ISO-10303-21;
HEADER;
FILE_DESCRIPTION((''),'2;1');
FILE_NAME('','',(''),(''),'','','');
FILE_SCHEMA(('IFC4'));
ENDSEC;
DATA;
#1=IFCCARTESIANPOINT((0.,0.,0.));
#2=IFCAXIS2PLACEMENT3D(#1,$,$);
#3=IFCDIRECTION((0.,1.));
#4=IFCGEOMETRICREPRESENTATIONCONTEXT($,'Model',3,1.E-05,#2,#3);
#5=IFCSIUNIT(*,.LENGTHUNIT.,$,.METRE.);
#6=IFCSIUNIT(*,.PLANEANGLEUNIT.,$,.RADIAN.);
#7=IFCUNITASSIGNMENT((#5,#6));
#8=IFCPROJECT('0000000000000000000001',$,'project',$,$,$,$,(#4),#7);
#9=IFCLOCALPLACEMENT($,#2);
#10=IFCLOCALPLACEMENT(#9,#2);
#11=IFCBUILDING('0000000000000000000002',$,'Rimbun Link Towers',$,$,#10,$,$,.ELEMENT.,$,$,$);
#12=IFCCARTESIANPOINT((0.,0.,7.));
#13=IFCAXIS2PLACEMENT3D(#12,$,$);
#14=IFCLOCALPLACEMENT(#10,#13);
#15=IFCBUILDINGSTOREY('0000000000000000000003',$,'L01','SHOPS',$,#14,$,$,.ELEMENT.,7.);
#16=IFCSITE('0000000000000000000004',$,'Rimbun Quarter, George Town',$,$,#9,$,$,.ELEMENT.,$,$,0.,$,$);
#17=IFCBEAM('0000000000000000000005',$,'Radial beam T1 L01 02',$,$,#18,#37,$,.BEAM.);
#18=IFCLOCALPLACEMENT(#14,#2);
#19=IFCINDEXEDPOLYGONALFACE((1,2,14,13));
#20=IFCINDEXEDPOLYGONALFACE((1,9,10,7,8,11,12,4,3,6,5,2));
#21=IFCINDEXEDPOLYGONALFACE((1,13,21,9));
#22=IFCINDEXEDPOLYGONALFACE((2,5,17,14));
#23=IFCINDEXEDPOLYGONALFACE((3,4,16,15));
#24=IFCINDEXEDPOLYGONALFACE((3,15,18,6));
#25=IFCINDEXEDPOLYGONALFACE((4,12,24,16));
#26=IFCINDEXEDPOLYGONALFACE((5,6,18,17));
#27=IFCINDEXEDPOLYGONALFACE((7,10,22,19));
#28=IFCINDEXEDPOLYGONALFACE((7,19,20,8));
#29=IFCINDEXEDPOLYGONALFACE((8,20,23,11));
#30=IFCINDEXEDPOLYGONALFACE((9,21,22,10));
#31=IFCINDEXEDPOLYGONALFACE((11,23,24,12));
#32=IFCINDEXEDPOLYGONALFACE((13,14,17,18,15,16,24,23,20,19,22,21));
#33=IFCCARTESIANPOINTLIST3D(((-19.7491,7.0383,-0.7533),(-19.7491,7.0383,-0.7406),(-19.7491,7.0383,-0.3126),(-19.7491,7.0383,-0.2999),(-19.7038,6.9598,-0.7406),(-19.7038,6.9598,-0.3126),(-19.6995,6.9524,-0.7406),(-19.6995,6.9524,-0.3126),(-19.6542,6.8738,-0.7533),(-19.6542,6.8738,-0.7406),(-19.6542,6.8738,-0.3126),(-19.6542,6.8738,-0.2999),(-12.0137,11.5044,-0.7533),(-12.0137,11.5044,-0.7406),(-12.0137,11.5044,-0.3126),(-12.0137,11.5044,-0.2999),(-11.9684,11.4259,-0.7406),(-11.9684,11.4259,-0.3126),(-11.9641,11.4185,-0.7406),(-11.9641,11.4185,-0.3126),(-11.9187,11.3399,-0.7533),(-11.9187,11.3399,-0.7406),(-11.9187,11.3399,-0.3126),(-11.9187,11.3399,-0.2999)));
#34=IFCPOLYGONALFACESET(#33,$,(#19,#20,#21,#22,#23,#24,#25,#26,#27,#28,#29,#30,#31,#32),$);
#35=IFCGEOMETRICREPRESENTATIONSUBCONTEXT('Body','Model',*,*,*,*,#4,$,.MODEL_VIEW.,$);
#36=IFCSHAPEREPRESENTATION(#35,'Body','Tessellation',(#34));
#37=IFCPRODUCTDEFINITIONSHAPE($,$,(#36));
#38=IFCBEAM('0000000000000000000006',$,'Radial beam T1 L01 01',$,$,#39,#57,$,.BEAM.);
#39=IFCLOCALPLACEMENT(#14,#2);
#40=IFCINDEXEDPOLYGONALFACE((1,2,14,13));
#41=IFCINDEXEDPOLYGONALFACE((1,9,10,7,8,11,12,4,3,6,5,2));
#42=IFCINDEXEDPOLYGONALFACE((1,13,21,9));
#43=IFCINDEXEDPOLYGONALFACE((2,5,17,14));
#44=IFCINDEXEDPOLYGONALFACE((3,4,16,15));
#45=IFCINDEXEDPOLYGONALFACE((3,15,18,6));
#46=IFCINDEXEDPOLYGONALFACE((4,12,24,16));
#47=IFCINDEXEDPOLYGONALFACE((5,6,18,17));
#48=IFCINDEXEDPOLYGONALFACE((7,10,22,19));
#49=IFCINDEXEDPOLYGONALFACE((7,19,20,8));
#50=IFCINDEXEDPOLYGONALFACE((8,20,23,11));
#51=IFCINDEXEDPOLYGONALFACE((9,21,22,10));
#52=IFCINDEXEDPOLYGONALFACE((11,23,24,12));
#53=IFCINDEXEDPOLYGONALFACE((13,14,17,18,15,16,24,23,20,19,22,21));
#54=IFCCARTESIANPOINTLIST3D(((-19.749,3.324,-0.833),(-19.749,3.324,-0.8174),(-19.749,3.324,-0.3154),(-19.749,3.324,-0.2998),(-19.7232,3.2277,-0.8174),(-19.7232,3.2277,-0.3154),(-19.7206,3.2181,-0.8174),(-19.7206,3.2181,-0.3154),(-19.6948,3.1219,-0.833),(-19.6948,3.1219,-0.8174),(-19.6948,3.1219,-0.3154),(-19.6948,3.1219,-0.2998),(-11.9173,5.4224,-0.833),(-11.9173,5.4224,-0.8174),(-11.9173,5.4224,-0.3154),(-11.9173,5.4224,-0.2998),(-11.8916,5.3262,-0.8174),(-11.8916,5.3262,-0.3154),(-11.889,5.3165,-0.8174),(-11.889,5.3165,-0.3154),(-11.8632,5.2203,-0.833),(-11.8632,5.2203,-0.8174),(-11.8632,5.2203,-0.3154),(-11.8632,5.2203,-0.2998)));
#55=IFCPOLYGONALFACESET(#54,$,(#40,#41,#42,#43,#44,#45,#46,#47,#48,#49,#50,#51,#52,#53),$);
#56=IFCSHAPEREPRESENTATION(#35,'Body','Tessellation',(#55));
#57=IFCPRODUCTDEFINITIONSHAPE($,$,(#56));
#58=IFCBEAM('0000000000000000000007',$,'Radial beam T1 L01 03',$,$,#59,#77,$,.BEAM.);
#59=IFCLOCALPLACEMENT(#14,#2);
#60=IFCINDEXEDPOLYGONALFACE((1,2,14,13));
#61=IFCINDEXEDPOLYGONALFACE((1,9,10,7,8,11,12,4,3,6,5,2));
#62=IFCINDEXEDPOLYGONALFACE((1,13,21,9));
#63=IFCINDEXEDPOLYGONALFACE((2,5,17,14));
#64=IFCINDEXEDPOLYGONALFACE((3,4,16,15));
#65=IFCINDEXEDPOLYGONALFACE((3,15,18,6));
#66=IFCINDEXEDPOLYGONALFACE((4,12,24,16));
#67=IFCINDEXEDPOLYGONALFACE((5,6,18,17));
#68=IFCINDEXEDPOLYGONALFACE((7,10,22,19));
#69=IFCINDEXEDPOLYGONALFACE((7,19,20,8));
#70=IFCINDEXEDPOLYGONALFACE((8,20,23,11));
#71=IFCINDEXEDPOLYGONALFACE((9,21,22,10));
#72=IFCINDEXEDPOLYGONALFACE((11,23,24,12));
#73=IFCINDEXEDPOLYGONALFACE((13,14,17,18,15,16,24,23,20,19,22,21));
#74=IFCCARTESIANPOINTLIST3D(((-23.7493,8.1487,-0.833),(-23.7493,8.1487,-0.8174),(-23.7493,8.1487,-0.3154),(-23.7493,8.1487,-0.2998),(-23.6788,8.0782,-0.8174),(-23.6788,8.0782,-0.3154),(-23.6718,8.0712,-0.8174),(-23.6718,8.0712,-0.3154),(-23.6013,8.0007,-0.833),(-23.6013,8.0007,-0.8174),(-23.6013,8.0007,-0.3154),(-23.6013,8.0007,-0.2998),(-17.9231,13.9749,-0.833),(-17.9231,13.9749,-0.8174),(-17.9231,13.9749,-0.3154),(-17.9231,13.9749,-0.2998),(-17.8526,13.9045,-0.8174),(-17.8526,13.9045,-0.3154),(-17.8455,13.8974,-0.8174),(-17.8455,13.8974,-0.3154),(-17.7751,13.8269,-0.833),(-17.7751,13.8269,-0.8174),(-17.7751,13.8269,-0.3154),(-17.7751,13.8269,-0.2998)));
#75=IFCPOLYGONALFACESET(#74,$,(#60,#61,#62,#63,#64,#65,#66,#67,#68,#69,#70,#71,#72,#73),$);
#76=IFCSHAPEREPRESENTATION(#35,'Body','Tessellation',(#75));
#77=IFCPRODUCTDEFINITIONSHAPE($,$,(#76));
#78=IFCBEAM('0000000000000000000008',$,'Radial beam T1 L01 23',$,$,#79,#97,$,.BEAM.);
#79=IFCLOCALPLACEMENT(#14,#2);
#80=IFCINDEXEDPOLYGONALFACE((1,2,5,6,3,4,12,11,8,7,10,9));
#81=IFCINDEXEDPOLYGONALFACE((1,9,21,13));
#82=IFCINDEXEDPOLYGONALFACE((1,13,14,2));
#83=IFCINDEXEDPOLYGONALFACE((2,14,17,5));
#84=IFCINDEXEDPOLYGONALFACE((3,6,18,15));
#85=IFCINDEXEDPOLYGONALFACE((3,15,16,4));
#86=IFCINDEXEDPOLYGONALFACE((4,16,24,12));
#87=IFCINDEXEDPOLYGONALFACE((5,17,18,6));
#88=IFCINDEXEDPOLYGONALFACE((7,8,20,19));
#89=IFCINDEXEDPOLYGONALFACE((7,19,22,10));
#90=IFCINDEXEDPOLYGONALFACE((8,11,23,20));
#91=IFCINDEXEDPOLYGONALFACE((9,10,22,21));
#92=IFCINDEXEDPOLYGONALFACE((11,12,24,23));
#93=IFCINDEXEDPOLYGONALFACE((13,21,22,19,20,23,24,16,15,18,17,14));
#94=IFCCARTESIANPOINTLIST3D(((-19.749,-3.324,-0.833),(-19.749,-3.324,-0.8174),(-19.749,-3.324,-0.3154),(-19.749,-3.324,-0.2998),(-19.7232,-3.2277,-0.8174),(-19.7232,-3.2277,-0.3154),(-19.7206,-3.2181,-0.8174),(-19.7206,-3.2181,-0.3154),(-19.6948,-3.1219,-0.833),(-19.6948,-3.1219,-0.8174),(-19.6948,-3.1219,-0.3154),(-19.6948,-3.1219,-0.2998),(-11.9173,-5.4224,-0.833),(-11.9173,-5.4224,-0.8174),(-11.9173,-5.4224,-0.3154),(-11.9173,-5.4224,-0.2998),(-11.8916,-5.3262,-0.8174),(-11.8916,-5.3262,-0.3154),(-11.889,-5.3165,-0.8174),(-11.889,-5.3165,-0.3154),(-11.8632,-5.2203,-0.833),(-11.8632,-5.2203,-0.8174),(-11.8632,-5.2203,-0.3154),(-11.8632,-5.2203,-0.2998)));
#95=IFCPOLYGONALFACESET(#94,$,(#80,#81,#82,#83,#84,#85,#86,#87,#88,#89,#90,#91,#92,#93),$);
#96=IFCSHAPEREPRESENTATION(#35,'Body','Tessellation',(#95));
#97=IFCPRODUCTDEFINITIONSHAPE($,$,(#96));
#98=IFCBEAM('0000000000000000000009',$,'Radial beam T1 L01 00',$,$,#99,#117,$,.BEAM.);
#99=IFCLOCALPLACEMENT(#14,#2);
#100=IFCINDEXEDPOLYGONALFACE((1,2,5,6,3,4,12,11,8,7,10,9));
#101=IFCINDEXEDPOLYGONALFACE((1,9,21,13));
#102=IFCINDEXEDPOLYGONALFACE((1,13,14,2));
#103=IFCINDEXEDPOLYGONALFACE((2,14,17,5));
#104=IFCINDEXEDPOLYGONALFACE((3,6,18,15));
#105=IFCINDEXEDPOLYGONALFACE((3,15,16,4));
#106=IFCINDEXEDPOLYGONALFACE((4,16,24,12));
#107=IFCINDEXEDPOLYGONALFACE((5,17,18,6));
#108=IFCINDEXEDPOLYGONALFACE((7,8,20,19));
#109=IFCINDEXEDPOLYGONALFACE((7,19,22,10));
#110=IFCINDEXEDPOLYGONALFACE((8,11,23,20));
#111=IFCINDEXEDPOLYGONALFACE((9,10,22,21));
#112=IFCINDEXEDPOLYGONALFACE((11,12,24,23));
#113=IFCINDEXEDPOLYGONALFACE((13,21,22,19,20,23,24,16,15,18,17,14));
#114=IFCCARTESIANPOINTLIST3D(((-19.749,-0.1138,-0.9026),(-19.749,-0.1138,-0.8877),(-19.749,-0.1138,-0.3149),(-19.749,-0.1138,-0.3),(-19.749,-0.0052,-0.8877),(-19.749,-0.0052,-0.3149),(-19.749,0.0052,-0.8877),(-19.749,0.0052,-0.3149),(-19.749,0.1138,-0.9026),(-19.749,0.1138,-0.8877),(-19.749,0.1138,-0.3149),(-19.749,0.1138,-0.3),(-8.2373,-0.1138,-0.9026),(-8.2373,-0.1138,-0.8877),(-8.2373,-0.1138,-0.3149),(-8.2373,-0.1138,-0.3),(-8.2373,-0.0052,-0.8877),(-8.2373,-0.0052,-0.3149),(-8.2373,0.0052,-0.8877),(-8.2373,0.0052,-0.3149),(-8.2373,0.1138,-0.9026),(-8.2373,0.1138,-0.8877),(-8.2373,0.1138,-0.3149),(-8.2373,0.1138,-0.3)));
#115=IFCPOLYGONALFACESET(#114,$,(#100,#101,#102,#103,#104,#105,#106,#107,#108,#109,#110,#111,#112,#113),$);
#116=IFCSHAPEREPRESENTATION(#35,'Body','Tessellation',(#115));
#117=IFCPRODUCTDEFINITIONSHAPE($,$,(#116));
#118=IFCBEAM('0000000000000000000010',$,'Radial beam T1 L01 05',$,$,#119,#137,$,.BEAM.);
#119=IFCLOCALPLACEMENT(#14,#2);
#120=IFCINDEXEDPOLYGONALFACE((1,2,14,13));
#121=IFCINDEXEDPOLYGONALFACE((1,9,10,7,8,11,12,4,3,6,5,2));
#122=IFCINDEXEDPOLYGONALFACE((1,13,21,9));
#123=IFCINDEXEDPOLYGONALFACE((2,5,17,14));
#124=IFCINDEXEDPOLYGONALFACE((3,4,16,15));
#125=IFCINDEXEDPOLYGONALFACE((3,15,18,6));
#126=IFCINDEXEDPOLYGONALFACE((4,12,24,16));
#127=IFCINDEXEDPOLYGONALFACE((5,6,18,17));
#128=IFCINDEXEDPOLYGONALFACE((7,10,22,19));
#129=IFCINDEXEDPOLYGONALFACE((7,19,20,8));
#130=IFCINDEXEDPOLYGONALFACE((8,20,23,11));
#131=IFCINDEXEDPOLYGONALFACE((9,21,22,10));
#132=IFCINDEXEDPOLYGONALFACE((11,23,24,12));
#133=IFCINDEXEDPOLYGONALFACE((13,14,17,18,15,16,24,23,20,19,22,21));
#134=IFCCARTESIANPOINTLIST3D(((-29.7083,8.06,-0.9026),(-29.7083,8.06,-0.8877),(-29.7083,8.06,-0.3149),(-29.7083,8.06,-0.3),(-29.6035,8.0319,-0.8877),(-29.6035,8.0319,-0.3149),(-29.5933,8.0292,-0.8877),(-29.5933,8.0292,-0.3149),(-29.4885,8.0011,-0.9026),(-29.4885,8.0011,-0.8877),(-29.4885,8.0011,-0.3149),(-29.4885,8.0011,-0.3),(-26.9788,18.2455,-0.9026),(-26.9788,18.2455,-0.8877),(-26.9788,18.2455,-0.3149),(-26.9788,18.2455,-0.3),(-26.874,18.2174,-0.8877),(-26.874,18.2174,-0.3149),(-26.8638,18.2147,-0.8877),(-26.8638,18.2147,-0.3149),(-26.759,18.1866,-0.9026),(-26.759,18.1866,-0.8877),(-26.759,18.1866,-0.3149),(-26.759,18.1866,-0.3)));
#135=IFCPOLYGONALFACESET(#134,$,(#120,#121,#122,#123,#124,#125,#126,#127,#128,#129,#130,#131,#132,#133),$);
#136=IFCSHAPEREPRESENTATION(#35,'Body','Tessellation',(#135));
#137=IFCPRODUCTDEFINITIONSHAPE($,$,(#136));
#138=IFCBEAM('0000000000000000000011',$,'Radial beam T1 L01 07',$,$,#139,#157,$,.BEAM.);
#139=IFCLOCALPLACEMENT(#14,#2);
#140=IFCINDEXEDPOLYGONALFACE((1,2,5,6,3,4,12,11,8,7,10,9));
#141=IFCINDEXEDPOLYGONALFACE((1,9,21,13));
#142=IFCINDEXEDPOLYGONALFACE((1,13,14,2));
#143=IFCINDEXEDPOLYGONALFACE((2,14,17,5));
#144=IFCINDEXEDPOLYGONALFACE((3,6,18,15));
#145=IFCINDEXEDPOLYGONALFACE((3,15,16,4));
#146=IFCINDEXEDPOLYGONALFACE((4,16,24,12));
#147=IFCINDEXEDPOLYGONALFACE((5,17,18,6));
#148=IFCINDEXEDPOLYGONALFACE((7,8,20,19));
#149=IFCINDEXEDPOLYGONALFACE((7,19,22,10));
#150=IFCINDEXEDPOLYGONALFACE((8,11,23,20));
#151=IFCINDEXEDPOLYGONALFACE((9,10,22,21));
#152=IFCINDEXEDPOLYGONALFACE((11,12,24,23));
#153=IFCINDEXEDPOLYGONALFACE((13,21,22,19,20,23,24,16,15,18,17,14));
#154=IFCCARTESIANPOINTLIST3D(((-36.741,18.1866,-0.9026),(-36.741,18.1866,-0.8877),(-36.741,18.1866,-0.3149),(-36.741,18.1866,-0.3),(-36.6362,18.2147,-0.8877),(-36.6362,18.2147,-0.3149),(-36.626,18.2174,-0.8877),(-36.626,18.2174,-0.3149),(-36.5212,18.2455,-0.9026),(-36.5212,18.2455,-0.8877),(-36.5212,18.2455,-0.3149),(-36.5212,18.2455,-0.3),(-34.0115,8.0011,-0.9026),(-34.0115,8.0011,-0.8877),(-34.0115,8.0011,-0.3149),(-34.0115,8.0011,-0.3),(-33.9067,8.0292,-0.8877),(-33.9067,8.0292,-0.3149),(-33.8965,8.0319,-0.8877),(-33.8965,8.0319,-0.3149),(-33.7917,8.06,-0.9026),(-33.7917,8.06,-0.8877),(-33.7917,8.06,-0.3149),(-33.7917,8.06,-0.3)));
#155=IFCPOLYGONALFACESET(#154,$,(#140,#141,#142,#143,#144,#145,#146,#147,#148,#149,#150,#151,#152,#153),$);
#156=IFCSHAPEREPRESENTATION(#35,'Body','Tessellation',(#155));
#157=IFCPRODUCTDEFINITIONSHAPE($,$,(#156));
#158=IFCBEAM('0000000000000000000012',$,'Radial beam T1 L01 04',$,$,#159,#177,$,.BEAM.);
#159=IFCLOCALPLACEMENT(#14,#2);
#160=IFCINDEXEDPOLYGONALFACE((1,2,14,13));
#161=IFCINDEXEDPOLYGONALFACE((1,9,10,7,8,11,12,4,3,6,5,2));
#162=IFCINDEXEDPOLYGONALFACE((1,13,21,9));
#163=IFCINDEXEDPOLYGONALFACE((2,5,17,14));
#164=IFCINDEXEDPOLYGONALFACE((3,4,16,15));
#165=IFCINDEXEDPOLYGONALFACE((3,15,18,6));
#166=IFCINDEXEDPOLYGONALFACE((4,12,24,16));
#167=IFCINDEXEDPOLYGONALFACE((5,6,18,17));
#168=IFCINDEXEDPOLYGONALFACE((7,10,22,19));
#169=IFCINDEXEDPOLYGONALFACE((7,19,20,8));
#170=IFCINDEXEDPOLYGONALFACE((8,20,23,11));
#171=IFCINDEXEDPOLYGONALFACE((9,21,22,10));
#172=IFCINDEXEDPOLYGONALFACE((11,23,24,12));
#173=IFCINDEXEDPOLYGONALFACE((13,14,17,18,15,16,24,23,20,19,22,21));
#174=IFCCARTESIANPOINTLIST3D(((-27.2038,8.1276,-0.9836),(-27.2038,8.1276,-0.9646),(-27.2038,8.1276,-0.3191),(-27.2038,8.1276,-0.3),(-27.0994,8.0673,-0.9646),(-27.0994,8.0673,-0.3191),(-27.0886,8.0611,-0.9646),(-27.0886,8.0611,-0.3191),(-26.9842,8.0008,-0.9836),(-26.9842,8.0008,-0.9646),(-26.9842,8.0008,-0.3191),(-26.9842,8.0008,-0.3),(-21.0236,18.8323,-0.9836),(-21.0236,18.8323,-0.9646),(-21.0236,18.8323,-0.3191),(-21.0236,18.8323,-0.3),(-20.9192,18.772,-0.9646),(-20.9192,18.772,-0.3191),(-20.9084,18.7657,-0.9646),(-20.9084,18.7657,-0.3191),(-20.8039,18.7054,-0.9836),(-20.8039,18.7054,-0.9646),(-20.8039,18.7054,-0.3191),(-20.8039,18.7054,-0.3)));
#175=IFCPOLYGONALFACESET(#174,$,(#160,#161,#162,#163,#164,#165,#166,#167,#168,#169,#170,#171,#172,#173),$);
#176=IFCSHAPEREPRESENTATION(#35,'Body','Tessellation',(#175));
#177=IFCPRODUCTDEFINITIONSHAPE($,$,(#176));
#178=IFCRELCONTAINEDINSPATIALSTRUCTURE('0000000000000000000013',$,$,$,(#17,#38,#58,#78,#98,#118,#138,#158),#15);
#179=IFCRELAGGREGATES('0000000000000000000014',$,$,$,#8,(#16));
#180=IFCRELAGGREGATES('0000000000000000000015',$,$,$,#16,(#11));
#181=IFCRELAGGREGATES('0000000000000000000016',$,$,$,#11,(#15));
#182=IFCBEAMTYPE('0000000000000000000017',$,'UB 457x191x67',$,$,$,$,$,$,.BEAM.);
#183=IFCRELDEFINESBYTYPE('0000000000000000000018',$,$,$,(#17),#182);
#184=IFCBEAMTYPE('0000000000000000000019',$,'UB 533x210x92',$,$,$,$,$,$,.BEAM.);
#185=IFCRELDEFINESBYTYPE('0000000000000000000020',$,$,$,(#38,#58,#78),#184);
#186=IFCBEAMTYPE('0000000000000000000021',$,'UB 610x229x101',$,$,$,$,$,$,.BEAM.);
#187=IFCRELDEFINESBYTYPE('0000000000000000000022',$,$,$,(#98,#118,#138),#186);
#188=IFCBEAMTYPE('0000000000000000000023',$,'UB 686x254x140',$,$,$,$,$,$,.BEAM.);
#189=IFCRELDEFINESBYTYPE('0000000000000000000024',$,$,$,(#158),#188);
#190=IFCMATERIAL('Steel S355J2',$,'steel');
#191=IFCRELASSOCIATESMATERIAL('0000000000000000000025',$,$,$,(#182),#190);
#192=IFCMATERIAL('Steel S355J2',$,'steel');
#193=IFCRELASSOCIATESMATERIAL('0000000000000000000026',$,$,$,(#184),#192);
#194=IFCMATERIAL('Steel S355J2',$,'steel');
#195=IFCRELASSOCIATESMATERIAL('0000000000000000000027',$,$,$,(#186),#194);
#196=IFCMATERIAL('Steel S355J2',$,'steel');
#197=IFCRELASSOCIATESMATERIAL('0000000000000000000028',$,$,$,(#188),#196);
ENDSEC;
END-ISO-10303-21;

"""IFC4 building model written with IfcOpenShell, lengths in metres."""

from ifc_helpers import new_model, si_unit, direction, frame, origin, origin_2d, place, context, subcontext, project, spatial, i_section, extrude, material, material_profile, profile_set, type_object, element, save


model = new_model("IFC4")

# Units and contexts
model_context = context("Model", 3, precision=1e-05, world=origin(), true_north=direction((0.0, 1.0)))
body_context = subcontext(model_context, "Body", "Model", "MODEL_VIEW")
ifc_project = project(units=[si_unit("LENGTHUNIT", "METRE"), si_unit("PLANEANGLEUNIT", "RADIAN")], contexts=[model_context])

# Site, building, storey
site_placement = place(None, origin())
site = spatial("IfcSite", under=ifc_project, at=site_placement, Name="Rimbun Quarter, George Town", CompositionType="ELEMENT", RefElevation=0.0)
building_placement = place(site_placement, origin())
building = spatial("IfcBuilding", under=site, at=building_placement, Name="Rimbun Link Towers", CompositionType="ELEMENT")
storey_placement = place(building_placement, frame((0.0, 0.0, 7.0)))
storey = spatial("IfcBuildingStorey", under=building, at=storey_placement, Name="L01", Description="SHOPS", CompositionType="ELEMENT", Elevation=7.0)

# Beams
ifc_material_1 = material(Name="Steel S355J2", Category="steel")
ifc_material_profile_1 = material_profile(ifc_material_1, i_section(OverallWidth=0.1899, OverallDepth=0.4534, WebThickness=0.0085, FlangeThickness=0.0127, at=origin_2d()), Name="UB 457x191x67")
ifc_profile_set_1 = profile_set([ifc_material_profile_1], Name="Steel S355J2")
beam_type_1 = type_object("IfcBeamType", Name="UB 457x191x67", PredefinedType="BEAM", material=ifc_profile_set_1)
beam_1_placement = place(storey_placement, frame((-19.7017, 6.9561, -0.5266), z_axis=(0.866023, 0.500005, 0.0), x_axis=(-0.500005, 0.866023, 0.0)))
element("IfcBeam", 1, at=beam_1_placement, inside=storey, type_object=beam_type_1, Name="Radial beam T1 L01 02", PredefinedType="BEAM", context=body_context, shape_type="SweptSolid", body=[
    extrude(i_section(OverallWidth=0.1899, OverallDepth=0.4534, WebThickness=0.0085, FlangeThickness=0.0127, at=origin_2d()), origin(), (0.0, 0.0, 1.0), 8.9321),
])
ifc_material_2 = material(Name="Steel S355J2", Category="steel")
ifc_material_profile_2 = material_profile(ifc_material_2, i_section(OverallWidth=0.2092, OverallDepth=0.5332, WebThickness=0.01, FlangeThickness=0.0156, at=origin_2d()), Name="UB 533x210x92")
ifc_profile_set_2 = profile_set([ifc_material_profile_2], Name="Steel S355J2")
beam_type_2 = type_object("IfcBeamType", Name="UB 533x210x92", PredefinedType="BEAM", material=ifc_profile_set_2)
beam_2_placement = place(storey_placement, frame((-19.7219, 3.2229, -0.5664), z_axis=(0.965928, 0.258811, 0.0), x_axis=(-0.258811, 0.965928, 0.0)))
element("IfcBeam", 2, at=beam_2_placement, inside=storey, type_object=beam_type_2, Name="Radial beam T1 L01 01", PredefinedType="BEAM", context=body_context, shape_type="SweptSolid", body=[
    extrude(i_section(OverallWidth=0.2092, OverallDepth=0.5332, WebThickness=0.01, FlangeThickness=0.0156, at=origin_2d()), origin(), (0.0, 0.0, 1.0), 8.1079),
])
beam_3_placement = place(storey_placement, frame((-23.6753, 8.0747, -0.5664), z_axis=(0.707107, 0.707107, 0.0), x_axis=(-0.707107, 0.707107, 0.0)))
element("IfcBeam", 3, at=beam_3_placement, inside=storey, type_object=beam_type_2, Name="Radial beam T1 L01 03", PredefinedType="BEAM", context=body_context, shape_type="SweptSolid", body=[
    extrude(i_section(OverallWidth=0.2092, OverallDepth=0.5332, WebThickness=0.01, FlangeThickness=0.0156, at=origin_2d()), origin(), (0.0, 0.0, 1.0), 8.2395),
])
beam_4_placement = place(storey_placement, frame((-19.7219, -3.2229, -0.5664), z_axis=(0.965928, -0.258811, 0.0), x_axis=(0.258811, 0.965928, 0.0)))
element("IfcBeam", 4, at=beam_4_placement, inside=storey, type_object=beam_type_2, Name="Radial beam T1 L01 23", PredefinedType="BEAM", context=body_context, shape_type="SweptSolid", body=[
    extrude(i_section(OverallWidth=0.2092, OverallDepth=0.5332, WebThickness=0.01, FlangeThickness=0.0156, at=origin_2d()), origin(), (0.0, 0.0, 1.0), 8.1079),
])
ifc_material_3 = material(Name="Steel S355J2", Category="steel")
ifc_material_profile_3 = material_profile(ifc_material_3, i_section(OverallWidth=0.2275, OverallDepth=0.6025, WebThickness=0.0105, FlangeThickness=0.0149, at=origin_2d()), Name="UB 610x229x101")
ifc_profile_set_3 = profile_set([ifc_material_profile_3], Name="Steel S355J2")
beam_type_3 = type_object("IfcBeamType", Name="UB 610x229x101", PredefinedType="BEAM", material=ifc_profile_set_3)
beam_5_placement = place(storey_placement, frame((-19.749, 0.0, -0.6013), z_axis=(1.0, 0.0, 0.0), x_axis=(0.0, 1.0, 0.0)))
element("IfcBeam", 5, at=beam_5_placement, inside=storey, type_object=beam_type_3, Name="Radial beam T1 L01 00", PredefinedType="BEAM", context=body_context, shape_type="SweptSolid", body=[
    extrude(i_section(OverallWidth=0.2275, OverallDepth=0.6025, WebThickness=0.0105, FlangeThickness=0.0149, at=origin_2d()), origin(), (0.0, 0.0, 1.0), 11.5117),
])
for number, where, z_axis, x_axis, name in (
    (6, (-29.5984, 8.0305, -0.6013), (0.258844, 0.965919, 0.0), (-0.965919, 0.258844, 0.0), "Radial beam T1 L01 05"),
    (7, (-33.9016, 8.0305, -0.6013), (-0.258844, 0.965919, 0.0), (-0.965919, -0.258844, 0.0), "Radial beam T1 L01 07"),
):
    element("IfcBeam", number, at=place(storey_placement, frame(where, z_axis=z_axis, x_axis=x_axis)), inside=storey, type_object=beam_type_3, Name=name, PredefinedType="BEAM", context=body_context, shape_type="SweptSolid", body=[
        extrude(i_section(OverallWidth=0.2275, OverallDepth=0.6025, WebThickness=0.0105, FlangeThickness=0.0149, at=origin_2d()), origin(), (0.0, 0.0, 1.0), 10.5449),
    ])
ifc_material_4 = material(Name="Steel S355J2", Category="steel")
ifc_material_profile_4 = material_profile(ifc_material_4, i_section(OverallWidth=0.2537, OverallDepth=0.6836, WebThickness=0.0125, FlangeThickness=0.019, at=origin_2d()), Name="UB 686x254x140")
ifc_profile_set_4 = profile_set([ifc_material_profile_4], Name="Steel S355J2")
beam_type_4 = type_object("IfcBeamType", Name="UB 686x254x140", PredefinedType="BEAM", material=ifc_profile_set_4)
beam_6_placement = place(storey_placement, frame((-27.094, 8.0642, -0.6418), z_axis=(0.499993, 0.86603, 0.0), x_axis=(-0.86603, 0.499993, 0.0)))
element("IfcBeam", 8, at=beam_6_placement, inside=storey, type_object=beam_type_4, Name="Radial beam T1 L01 04", PredefinedType="BEAM", context=body_context, shape_type="SweptSolid", body=[
    extrude(i_section(OverallWidth=0.2537, OverallDepth=0.6836, WebThickness=0.0125, FlangeThickness=0.019, at=origin_2d()), origin(), (0.0, 0.0, 1.0), 12.3606),
])

save(model, "model.ifc")
